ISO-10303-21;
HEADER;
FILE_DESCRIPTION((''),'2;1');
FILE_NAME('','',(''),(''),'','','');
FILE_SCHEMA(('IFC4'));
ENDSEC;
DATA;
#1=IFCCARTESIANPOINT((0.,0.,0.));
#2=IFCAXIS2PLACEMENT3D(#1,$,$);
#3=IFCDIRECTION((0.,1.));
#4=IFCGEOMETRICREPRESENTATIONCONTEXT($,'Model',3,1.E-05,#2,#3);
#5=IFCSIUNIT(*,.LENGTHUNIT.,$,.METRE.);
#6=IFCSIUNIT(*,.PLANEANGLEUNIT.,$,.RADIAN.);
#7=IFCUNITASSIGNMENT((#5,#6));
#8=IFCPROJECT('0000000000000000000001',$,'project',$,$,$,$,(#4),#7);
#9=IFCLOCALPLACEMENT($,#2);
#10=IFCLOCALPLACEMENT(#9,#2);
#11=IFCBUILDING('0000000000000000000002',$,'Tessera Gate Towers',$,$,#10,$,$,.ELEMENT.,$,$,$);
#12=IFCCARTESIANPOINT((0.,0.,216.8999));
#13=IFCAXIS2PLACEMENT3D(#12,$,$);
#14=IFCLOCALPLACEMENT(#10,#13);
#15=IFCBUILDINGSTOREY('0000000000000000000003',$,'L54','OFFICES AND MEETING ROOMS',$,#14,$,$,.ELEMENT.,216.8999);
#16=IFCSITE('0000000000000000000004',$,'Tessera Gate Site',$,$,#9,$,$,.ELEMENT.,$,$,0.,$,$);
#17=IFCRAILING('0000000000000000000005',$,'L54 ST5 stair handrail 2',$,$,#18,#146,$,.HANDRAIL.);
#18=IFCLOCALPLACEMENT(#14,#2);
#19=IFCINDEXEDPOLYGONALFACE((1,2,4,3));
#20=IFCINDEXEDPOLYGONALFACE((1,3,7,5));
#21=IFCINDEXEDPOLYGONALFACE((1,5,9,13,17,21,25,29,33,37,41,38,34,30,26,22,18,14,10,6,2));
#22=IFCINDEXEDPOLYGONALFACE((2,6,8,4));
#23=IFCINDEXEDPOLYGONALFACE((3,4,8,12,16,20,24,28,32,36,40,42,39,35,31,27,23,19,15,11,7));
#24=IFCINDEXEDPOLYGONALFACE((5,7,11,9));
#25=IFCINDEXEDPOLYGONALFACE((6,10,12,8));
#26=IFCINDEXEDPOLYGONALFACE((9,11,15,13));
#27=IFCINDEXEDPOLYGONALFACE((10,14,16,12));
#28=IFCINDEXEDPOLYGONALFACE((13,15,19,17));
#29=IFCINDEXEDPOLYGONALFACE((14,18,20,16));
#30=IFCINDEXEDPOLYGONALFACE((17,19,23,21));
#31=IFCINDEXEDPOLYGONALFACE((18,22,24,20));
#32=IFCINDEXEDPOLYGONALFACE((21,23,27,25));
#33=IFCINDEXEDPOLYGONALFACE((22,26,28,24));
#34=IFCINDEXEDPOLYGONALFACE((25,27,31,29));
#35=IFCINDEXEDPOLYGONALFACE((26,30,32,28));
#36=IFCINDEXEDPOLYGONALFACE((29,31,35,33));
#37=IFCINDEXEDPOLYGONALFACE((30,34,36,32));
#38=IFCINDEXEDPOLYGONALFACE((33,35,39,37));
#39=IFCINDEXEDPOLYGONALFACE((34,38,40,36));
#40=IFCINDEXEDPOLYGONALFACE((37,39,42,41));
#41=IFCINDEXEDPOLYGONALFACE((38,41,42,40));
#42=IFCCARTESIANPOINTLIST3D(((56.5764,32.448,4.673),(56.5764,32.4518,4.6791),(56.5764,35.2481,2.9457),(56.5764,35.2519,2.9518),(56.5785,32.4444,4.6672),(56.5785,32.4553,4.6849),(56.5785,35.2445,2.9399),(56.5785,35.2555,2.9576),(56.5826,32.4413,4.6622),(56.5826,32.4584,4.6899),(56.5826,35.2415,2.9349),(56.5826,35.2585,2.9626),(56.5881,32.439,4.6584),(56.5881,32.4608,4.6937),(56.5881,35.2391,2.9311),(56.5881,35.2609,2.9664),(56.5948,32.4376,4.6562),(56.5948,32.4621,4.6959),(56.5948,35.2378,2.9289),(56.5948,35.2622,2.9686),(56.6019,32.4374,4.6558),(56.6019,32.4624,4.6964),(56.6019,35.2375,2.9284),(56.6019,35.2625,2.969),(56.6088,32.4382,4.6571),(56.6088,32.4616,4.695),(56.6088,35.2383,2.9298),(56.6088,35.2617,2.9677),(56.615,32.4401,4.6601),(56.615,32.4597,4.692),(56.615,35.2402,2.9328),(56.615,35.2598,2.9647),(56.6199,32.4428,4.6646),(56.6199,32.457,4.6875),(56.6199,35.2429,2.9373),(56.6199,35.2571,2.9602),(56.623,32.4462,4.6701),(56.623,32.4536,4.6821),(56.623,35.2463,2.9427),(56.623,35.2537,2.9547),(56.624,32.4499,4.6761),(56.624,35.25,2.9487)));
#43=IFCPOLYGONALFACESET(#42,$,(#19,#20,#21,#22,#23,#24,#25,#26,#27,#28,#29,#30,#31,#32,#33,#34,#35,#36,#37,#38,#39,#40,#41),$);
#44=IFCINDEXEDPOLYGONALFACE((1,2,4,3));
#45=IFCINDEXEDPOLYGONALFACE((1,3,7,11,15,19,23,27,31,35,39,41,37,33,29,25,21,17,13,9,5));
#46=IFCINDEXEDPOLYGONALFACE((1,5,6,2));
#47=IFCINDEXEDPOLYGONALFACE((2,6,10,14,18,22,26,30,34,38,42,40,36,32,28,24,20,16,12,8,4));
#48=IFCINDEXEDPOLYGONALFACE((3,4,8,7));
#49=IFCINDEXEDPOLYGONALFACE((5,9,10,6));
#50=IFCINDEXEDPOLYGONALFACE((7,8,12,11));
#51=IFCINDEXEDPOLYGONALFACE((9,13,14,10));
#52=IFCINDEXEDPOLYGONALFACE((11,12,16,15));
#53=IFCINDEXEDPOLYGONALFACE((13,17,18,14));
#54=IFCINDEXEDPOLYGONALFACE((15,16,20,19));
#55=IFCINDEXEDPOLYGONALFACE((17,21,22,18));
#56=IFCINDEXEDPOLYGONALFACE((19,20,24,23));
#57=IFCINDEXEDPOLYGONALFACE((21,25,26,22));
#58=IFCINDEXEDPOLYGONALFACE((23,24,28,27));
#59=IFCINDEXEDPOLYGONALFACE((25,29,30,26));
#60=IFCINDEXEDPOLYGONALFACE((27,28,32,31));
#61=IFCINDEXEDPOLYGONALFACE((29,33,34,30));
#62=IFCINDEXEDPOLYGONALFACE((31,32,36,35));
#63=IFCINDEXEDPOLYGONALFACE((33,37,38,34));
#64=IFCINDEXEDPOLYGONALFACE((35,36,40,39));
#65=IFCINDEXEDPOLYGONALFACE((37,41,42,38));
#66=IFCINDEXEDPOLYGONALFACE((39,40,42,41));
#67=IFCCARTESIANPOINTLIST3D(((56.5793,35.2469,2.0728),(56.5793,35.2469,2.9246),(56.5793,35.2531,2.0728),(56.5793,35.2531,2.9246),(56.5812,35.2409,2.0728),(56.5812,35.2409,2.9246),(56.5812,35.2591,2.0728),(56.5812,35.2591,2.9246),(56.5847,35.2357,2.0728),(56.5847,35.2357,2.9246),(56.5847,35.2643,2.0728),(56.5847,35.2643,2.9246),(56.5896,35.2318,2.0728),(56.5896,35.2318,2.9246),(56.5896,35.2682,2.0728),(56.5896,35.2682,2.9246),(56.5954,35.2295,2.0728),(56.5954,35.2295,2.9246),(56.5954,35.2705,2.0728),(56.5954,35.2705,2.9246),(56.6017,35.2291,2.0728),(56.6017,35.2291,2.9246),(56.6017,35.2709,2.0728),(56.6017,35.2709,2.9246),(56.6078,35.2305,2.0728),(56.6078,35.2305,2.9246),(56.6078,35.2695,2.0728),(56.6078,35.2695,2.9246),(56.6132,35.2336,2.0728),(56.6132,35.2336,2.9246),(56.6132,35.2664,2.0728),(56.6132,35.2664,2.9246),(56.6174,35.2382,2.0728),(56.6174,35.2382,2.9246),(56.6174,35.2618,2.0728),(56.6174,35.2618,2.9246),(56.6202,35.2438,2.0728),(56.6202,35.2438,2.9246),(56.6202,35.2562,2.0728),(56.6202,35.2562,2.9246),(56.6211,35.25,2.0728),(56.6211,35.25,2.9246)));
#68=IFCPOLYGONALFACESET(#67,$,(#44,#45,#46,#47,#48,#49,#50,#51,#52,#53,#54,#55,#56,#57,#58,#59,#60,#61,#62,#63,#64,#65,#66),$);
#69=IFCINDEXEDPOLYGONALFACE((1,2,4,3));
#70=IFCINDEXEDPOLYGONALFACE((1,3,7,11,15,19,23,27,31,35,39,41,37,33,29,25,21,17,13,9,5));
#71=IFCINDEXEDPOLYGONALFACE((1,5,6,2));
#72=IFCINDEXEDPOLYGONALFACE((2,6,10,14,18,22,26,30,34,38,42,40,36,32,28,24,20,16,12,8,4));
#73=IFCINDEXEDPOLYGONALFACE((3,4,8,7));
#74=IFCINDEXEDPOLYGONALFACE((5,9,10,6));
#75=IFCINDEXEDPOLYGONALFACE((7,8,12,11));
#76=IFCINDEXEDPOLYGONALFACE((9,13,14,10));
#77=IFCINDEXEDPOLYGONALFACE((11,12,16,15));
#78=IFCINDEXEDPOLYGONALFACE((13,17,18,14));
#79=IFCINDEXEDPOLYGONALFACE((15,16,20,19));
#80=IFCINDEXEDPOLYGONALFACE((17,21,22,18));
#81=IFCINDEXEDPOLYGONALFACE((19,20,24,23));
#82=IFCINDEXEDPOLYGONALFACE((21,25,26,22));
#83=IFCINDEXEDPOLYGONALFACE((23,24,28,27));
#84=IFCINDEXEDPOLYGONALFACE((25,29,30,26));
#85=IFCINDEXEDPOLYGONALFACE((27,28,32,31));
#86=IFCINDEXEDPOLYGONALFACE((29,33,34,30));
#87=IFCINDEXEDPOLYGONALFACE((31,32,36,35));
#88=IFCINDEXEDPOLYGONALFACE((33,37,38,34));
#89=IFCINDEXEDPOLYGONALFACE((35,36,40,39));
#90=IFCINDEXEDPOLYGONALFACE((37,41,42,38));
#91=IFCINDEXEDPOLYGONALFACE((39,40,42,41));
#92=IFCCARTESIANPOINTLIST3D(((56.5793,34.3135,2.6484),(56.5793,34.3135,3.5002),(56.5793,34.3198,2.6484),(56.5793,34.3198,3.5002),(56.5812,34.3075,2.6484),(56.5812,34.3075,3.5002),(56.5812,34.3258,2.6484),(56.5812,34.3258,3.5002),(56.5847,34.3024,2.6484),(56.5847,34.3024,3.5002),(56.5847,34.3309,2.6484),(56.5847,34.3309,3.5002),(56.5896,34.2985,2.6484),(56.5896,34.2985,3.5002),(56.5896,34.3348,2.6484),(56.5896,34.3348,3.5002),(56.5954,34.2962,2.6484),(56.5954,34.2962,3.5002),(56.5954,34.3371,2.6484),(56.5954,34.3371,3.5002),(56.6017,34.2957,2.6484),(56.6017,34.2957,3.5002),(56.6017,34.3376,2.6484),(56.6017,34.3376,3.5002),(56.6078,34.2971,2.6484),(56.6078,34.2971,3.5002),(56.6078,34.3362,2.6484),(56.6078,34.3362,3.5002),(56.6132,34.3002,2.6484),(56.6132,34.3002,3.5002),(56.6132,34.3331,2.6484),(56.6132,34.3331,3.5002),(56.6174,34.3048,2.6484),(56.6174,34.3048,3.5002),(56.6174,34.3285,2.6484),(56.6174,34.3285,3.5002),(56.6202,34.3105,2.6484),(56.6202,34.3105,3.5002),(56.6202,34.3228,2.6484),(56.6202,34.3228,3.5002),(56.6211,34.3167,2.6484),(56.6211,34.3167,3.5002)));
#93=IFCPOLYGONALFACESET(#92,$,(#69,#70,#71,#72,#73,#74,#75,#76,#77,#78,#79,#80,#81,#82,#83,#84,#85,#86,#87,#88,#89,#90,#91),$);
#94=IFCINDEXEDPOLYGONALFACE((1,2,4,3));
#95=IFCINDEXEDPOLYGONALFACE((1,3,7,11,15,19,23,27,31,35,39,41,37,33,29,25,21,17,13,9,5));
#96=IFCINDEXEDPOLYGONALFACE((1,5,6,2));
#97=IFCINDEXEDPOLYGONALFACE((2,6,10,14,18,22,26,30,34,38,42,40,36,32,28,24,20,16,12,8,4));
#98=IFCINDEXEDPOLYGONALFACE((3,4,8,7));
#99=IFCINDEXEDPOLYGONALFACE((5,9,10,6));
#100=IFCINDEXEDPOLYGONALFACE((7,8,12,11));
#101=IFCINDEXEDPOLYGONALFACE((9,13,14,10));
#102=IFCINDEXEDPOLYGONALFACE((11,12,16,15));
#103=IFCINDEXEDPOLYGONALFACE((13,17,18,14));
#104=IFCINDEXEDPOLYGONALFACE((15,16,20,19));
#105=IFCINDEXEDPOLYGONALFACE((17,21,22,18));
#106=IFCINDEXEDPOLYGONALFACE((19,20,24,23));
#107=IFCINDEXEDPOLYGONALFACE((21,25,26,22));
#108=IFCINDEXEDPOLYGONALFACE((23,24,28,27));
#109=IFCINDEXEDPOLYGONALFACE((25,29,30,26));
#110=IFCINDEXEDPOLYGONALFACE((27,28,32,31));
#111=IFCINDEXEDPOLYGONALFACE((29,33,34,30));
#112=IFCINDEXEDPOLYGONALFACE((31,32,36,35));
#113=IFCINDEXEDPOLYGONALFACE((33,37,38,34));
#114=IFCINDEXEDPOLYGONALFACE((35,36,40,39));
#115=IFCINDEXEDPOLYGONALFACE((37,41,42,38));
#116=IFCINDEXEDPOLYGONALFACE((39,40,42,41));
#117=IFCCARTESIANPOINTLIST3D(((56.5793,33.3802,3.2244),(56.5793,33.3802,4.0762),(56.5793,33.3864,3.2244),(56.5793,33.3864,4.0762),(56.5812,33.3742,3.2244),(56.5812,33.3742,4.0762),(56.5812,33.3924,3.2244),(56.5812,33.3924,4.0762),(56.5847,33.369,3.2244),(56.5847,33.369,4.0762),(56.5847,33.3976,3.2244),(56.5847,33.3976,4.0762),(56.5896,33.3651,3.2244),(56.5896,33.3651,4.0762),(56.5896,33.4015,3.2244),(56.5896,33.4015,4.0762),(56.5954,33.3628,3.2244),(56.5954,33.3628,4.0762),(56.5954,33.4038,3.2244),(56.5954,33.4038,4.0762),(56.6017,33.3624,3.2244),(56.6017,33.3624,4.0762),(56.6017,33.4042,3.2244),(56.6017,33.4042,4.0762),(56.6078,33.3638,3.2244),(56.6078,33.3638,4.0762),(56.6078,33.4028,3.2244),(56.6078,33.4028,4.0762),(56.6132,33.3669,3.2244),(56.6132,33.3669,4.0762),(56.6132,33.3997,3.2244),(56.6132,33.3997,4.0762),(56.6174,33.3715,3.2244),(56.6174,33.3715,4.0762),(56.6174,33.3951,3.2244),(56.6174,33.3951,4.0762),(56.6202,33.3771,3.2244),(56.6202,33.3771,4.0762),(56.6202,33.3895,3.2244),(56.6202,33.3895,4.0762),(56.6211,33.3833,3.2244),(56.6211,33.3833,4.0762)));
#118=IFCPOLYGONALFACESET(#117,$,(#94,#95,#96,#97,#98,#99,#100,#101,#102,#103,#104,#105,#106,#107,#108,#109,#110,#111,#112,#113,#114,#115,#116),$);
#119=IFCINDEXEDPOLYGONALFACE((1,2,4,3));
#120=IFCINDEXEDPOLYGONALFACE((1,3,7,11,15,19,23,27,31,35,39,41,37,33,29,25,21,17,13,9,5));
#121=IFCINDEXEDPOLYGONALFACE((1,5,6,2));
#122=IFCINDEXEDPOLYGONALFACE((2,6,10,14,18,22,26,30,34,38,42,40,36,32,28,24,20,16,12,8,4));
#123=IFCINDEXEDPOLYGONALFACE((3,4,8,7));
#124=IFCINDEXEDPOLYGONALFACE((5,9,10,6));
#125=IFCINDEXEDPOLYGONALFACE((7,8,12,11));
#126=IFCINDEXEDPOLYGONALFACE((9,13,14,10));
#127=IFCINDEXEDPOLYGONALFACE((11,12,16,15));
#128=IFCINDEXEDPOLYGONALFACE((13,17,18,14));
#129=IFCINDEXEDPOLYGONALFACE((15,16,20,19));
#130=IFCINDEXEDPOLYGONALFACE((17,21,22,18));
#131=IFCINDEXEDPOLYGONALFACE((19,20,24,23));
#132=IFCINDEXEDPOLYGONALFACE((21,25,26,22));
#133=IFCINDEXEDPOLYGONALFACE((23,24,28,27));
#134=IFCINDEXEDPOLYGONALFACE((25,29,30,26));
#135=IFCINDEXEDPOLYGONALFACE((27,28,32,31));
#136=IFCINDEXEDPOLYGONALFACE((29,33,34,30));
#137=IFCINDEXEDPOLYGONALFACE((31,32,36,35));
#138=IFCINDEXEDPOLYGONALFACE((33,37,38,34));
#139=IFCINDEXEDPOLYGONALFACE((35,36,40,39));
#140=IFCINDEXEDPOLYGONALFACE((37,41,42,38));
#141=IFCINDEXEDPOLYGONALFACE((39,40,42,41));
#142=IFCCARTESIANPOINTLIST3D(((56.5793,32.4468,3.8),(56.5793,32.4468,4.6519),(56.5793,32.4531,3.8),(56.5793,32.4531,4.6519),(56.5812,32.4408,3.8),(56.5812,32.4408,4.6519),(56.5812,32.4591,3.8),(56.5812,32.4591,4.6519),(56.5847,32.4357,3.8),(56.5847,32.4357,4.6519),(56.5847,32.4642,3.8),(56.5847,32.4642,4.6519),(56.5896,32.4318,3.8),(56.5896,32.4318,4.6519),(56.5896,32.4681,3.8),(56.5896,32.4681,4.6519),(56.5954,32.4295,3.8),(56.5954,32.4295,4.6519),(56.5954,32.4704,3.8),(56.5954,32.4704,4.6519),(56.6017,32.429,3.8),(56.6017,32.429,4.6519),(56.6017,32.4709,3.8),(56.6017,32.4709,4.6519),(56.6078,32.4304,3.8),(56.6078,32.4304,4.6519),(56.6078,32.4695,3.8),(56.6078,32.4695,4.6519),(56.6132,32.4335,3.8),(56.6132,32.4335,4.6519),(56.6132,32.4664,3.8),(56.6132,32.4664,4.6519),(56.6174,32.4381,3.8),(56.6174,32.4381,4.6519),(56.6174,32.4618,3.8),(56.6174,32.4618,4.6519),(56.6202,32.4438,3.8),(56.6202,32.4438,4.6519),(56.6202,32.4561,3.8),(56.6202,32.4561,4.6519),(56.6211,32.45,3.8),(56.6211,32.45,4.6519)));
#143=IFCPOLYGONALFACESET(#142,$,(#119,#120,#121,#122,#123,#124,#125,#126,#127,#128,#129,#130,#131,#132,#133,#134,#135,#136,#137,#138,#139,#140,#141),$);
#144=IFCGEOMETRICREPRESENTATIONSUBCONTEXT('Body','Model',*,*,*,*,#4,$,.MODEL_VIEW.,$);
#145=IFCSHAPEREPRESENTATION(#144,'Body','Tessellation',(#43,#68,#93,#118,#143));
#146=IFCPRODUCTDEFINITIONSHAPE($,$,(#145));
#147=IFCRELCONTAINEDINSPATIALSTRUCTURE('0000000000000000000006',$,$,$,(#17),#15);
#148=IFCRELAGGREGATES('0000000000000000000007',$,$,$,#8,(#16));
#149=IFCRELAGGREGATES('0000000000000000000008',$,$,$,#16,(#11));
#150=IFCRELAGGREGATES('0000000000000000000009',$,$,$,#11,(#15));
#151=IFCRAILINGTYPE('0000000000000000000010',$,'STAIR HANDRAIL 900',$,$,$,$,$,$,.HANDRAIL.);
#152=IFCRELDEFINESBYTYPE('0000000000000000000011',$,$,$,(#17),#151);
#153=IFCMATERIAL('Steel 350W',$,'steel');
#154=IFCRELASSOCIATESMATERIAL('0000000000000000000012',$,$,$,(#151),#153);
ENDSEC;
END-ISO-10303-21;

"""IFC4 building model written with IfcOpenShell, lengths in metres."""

from ifc_helpers import new_model, si_unit, direction, frame, origin, origin_2d, place, context, subcontext, project, spatial, circle, extrude, material, type_object, element, save


model = new_model("IFC4")

# Units and contexts
model_context = context("Model", 3, precision=1e-05, world=origin(), true_north=direction((0.0, 1.0)))
body_context = subcontext(model_context, "Body", "Model", "MODEL_VIEW")
ifc_project = project(units=[si_unit("LENGTHUNIT", "METRE"), si_unit("PLANEANGLEUNIT", "RADIAN")], contexts=[model_context])

# Site, building, storey
site_placement = place(None, origin())
site = spatial("IfcSite", under=ifc_project, at=site_placement, Name="Tessera Gate Site", CompositionType="ELEMENT", RefElevation=0.0)
building_placement = place(site_placement, origin())
building = spatial("IfcBuilding", under=site, at=building_placement, Name="Tessera Gate Towers", CompositionType="ELEMENT")
storey_placement = place(building_placement, frame((0.0, 0.0, 216.8999)))
storey = spatial("IfcBuildingStorey", under=building, at=storey_placement, Name="L54", Description="OFFICES AND MEETING ROOMS", CompositionType="ELEMENT", Elevation=216.8999)

# Railing
ifc_material_1 = material(Name="Steel 350W", Category="steel")
railing_type_1 = type_object("IfcRailingType", Name="STAIR HANDRAIL 900", PredefinedType="HANDRAIL", material=ifc_material_1)
railing_1_placement = place(storey_placement, frame((56.6001, 35.25, 2.0728)))
element("IfcRailing", 1, at=railing_1_placement, inside=storey, type_object=railing_type_1, Name="L54 ST5 stair handrail 2", PredefinedType="HANDRAIL", context=body_context, shape_type="SweptSolid", body=[
    extrude(circle(Radius=0.0239, at=origin_2d()), frame((0.0, 0.0, 0.876), z_axis=(0.0, -0.85109, 0.52502), x_axis=(1.0, 0.0, 0.0)), (0.0, 0.0, 1.0), 3.29),
    extrude(circle(Radius=0.021, at=origin_2d()), origin(), (0.0, 0.0, 1.0), 0.8518),
    extrude(circle(Radius=0.021, at=origin_2d()), frame((0.0, -0.9333, 0.5757)), (0.0, 0.0, 1.0), 0.8518),
    extrude(circle(Radius=0.021, at=origin_2d()), frame((0.0, -1.8667, 1.1516)), (0.0, 0.0, 1.0), 0.8518),
    extrude(circle(Radius=0.021, at=origin_2d()), frame((0.0, -2.8, 1.7273)), (0.0, 0.0, 1.0), 0.8518),
])

save(model, "model.ifc")
